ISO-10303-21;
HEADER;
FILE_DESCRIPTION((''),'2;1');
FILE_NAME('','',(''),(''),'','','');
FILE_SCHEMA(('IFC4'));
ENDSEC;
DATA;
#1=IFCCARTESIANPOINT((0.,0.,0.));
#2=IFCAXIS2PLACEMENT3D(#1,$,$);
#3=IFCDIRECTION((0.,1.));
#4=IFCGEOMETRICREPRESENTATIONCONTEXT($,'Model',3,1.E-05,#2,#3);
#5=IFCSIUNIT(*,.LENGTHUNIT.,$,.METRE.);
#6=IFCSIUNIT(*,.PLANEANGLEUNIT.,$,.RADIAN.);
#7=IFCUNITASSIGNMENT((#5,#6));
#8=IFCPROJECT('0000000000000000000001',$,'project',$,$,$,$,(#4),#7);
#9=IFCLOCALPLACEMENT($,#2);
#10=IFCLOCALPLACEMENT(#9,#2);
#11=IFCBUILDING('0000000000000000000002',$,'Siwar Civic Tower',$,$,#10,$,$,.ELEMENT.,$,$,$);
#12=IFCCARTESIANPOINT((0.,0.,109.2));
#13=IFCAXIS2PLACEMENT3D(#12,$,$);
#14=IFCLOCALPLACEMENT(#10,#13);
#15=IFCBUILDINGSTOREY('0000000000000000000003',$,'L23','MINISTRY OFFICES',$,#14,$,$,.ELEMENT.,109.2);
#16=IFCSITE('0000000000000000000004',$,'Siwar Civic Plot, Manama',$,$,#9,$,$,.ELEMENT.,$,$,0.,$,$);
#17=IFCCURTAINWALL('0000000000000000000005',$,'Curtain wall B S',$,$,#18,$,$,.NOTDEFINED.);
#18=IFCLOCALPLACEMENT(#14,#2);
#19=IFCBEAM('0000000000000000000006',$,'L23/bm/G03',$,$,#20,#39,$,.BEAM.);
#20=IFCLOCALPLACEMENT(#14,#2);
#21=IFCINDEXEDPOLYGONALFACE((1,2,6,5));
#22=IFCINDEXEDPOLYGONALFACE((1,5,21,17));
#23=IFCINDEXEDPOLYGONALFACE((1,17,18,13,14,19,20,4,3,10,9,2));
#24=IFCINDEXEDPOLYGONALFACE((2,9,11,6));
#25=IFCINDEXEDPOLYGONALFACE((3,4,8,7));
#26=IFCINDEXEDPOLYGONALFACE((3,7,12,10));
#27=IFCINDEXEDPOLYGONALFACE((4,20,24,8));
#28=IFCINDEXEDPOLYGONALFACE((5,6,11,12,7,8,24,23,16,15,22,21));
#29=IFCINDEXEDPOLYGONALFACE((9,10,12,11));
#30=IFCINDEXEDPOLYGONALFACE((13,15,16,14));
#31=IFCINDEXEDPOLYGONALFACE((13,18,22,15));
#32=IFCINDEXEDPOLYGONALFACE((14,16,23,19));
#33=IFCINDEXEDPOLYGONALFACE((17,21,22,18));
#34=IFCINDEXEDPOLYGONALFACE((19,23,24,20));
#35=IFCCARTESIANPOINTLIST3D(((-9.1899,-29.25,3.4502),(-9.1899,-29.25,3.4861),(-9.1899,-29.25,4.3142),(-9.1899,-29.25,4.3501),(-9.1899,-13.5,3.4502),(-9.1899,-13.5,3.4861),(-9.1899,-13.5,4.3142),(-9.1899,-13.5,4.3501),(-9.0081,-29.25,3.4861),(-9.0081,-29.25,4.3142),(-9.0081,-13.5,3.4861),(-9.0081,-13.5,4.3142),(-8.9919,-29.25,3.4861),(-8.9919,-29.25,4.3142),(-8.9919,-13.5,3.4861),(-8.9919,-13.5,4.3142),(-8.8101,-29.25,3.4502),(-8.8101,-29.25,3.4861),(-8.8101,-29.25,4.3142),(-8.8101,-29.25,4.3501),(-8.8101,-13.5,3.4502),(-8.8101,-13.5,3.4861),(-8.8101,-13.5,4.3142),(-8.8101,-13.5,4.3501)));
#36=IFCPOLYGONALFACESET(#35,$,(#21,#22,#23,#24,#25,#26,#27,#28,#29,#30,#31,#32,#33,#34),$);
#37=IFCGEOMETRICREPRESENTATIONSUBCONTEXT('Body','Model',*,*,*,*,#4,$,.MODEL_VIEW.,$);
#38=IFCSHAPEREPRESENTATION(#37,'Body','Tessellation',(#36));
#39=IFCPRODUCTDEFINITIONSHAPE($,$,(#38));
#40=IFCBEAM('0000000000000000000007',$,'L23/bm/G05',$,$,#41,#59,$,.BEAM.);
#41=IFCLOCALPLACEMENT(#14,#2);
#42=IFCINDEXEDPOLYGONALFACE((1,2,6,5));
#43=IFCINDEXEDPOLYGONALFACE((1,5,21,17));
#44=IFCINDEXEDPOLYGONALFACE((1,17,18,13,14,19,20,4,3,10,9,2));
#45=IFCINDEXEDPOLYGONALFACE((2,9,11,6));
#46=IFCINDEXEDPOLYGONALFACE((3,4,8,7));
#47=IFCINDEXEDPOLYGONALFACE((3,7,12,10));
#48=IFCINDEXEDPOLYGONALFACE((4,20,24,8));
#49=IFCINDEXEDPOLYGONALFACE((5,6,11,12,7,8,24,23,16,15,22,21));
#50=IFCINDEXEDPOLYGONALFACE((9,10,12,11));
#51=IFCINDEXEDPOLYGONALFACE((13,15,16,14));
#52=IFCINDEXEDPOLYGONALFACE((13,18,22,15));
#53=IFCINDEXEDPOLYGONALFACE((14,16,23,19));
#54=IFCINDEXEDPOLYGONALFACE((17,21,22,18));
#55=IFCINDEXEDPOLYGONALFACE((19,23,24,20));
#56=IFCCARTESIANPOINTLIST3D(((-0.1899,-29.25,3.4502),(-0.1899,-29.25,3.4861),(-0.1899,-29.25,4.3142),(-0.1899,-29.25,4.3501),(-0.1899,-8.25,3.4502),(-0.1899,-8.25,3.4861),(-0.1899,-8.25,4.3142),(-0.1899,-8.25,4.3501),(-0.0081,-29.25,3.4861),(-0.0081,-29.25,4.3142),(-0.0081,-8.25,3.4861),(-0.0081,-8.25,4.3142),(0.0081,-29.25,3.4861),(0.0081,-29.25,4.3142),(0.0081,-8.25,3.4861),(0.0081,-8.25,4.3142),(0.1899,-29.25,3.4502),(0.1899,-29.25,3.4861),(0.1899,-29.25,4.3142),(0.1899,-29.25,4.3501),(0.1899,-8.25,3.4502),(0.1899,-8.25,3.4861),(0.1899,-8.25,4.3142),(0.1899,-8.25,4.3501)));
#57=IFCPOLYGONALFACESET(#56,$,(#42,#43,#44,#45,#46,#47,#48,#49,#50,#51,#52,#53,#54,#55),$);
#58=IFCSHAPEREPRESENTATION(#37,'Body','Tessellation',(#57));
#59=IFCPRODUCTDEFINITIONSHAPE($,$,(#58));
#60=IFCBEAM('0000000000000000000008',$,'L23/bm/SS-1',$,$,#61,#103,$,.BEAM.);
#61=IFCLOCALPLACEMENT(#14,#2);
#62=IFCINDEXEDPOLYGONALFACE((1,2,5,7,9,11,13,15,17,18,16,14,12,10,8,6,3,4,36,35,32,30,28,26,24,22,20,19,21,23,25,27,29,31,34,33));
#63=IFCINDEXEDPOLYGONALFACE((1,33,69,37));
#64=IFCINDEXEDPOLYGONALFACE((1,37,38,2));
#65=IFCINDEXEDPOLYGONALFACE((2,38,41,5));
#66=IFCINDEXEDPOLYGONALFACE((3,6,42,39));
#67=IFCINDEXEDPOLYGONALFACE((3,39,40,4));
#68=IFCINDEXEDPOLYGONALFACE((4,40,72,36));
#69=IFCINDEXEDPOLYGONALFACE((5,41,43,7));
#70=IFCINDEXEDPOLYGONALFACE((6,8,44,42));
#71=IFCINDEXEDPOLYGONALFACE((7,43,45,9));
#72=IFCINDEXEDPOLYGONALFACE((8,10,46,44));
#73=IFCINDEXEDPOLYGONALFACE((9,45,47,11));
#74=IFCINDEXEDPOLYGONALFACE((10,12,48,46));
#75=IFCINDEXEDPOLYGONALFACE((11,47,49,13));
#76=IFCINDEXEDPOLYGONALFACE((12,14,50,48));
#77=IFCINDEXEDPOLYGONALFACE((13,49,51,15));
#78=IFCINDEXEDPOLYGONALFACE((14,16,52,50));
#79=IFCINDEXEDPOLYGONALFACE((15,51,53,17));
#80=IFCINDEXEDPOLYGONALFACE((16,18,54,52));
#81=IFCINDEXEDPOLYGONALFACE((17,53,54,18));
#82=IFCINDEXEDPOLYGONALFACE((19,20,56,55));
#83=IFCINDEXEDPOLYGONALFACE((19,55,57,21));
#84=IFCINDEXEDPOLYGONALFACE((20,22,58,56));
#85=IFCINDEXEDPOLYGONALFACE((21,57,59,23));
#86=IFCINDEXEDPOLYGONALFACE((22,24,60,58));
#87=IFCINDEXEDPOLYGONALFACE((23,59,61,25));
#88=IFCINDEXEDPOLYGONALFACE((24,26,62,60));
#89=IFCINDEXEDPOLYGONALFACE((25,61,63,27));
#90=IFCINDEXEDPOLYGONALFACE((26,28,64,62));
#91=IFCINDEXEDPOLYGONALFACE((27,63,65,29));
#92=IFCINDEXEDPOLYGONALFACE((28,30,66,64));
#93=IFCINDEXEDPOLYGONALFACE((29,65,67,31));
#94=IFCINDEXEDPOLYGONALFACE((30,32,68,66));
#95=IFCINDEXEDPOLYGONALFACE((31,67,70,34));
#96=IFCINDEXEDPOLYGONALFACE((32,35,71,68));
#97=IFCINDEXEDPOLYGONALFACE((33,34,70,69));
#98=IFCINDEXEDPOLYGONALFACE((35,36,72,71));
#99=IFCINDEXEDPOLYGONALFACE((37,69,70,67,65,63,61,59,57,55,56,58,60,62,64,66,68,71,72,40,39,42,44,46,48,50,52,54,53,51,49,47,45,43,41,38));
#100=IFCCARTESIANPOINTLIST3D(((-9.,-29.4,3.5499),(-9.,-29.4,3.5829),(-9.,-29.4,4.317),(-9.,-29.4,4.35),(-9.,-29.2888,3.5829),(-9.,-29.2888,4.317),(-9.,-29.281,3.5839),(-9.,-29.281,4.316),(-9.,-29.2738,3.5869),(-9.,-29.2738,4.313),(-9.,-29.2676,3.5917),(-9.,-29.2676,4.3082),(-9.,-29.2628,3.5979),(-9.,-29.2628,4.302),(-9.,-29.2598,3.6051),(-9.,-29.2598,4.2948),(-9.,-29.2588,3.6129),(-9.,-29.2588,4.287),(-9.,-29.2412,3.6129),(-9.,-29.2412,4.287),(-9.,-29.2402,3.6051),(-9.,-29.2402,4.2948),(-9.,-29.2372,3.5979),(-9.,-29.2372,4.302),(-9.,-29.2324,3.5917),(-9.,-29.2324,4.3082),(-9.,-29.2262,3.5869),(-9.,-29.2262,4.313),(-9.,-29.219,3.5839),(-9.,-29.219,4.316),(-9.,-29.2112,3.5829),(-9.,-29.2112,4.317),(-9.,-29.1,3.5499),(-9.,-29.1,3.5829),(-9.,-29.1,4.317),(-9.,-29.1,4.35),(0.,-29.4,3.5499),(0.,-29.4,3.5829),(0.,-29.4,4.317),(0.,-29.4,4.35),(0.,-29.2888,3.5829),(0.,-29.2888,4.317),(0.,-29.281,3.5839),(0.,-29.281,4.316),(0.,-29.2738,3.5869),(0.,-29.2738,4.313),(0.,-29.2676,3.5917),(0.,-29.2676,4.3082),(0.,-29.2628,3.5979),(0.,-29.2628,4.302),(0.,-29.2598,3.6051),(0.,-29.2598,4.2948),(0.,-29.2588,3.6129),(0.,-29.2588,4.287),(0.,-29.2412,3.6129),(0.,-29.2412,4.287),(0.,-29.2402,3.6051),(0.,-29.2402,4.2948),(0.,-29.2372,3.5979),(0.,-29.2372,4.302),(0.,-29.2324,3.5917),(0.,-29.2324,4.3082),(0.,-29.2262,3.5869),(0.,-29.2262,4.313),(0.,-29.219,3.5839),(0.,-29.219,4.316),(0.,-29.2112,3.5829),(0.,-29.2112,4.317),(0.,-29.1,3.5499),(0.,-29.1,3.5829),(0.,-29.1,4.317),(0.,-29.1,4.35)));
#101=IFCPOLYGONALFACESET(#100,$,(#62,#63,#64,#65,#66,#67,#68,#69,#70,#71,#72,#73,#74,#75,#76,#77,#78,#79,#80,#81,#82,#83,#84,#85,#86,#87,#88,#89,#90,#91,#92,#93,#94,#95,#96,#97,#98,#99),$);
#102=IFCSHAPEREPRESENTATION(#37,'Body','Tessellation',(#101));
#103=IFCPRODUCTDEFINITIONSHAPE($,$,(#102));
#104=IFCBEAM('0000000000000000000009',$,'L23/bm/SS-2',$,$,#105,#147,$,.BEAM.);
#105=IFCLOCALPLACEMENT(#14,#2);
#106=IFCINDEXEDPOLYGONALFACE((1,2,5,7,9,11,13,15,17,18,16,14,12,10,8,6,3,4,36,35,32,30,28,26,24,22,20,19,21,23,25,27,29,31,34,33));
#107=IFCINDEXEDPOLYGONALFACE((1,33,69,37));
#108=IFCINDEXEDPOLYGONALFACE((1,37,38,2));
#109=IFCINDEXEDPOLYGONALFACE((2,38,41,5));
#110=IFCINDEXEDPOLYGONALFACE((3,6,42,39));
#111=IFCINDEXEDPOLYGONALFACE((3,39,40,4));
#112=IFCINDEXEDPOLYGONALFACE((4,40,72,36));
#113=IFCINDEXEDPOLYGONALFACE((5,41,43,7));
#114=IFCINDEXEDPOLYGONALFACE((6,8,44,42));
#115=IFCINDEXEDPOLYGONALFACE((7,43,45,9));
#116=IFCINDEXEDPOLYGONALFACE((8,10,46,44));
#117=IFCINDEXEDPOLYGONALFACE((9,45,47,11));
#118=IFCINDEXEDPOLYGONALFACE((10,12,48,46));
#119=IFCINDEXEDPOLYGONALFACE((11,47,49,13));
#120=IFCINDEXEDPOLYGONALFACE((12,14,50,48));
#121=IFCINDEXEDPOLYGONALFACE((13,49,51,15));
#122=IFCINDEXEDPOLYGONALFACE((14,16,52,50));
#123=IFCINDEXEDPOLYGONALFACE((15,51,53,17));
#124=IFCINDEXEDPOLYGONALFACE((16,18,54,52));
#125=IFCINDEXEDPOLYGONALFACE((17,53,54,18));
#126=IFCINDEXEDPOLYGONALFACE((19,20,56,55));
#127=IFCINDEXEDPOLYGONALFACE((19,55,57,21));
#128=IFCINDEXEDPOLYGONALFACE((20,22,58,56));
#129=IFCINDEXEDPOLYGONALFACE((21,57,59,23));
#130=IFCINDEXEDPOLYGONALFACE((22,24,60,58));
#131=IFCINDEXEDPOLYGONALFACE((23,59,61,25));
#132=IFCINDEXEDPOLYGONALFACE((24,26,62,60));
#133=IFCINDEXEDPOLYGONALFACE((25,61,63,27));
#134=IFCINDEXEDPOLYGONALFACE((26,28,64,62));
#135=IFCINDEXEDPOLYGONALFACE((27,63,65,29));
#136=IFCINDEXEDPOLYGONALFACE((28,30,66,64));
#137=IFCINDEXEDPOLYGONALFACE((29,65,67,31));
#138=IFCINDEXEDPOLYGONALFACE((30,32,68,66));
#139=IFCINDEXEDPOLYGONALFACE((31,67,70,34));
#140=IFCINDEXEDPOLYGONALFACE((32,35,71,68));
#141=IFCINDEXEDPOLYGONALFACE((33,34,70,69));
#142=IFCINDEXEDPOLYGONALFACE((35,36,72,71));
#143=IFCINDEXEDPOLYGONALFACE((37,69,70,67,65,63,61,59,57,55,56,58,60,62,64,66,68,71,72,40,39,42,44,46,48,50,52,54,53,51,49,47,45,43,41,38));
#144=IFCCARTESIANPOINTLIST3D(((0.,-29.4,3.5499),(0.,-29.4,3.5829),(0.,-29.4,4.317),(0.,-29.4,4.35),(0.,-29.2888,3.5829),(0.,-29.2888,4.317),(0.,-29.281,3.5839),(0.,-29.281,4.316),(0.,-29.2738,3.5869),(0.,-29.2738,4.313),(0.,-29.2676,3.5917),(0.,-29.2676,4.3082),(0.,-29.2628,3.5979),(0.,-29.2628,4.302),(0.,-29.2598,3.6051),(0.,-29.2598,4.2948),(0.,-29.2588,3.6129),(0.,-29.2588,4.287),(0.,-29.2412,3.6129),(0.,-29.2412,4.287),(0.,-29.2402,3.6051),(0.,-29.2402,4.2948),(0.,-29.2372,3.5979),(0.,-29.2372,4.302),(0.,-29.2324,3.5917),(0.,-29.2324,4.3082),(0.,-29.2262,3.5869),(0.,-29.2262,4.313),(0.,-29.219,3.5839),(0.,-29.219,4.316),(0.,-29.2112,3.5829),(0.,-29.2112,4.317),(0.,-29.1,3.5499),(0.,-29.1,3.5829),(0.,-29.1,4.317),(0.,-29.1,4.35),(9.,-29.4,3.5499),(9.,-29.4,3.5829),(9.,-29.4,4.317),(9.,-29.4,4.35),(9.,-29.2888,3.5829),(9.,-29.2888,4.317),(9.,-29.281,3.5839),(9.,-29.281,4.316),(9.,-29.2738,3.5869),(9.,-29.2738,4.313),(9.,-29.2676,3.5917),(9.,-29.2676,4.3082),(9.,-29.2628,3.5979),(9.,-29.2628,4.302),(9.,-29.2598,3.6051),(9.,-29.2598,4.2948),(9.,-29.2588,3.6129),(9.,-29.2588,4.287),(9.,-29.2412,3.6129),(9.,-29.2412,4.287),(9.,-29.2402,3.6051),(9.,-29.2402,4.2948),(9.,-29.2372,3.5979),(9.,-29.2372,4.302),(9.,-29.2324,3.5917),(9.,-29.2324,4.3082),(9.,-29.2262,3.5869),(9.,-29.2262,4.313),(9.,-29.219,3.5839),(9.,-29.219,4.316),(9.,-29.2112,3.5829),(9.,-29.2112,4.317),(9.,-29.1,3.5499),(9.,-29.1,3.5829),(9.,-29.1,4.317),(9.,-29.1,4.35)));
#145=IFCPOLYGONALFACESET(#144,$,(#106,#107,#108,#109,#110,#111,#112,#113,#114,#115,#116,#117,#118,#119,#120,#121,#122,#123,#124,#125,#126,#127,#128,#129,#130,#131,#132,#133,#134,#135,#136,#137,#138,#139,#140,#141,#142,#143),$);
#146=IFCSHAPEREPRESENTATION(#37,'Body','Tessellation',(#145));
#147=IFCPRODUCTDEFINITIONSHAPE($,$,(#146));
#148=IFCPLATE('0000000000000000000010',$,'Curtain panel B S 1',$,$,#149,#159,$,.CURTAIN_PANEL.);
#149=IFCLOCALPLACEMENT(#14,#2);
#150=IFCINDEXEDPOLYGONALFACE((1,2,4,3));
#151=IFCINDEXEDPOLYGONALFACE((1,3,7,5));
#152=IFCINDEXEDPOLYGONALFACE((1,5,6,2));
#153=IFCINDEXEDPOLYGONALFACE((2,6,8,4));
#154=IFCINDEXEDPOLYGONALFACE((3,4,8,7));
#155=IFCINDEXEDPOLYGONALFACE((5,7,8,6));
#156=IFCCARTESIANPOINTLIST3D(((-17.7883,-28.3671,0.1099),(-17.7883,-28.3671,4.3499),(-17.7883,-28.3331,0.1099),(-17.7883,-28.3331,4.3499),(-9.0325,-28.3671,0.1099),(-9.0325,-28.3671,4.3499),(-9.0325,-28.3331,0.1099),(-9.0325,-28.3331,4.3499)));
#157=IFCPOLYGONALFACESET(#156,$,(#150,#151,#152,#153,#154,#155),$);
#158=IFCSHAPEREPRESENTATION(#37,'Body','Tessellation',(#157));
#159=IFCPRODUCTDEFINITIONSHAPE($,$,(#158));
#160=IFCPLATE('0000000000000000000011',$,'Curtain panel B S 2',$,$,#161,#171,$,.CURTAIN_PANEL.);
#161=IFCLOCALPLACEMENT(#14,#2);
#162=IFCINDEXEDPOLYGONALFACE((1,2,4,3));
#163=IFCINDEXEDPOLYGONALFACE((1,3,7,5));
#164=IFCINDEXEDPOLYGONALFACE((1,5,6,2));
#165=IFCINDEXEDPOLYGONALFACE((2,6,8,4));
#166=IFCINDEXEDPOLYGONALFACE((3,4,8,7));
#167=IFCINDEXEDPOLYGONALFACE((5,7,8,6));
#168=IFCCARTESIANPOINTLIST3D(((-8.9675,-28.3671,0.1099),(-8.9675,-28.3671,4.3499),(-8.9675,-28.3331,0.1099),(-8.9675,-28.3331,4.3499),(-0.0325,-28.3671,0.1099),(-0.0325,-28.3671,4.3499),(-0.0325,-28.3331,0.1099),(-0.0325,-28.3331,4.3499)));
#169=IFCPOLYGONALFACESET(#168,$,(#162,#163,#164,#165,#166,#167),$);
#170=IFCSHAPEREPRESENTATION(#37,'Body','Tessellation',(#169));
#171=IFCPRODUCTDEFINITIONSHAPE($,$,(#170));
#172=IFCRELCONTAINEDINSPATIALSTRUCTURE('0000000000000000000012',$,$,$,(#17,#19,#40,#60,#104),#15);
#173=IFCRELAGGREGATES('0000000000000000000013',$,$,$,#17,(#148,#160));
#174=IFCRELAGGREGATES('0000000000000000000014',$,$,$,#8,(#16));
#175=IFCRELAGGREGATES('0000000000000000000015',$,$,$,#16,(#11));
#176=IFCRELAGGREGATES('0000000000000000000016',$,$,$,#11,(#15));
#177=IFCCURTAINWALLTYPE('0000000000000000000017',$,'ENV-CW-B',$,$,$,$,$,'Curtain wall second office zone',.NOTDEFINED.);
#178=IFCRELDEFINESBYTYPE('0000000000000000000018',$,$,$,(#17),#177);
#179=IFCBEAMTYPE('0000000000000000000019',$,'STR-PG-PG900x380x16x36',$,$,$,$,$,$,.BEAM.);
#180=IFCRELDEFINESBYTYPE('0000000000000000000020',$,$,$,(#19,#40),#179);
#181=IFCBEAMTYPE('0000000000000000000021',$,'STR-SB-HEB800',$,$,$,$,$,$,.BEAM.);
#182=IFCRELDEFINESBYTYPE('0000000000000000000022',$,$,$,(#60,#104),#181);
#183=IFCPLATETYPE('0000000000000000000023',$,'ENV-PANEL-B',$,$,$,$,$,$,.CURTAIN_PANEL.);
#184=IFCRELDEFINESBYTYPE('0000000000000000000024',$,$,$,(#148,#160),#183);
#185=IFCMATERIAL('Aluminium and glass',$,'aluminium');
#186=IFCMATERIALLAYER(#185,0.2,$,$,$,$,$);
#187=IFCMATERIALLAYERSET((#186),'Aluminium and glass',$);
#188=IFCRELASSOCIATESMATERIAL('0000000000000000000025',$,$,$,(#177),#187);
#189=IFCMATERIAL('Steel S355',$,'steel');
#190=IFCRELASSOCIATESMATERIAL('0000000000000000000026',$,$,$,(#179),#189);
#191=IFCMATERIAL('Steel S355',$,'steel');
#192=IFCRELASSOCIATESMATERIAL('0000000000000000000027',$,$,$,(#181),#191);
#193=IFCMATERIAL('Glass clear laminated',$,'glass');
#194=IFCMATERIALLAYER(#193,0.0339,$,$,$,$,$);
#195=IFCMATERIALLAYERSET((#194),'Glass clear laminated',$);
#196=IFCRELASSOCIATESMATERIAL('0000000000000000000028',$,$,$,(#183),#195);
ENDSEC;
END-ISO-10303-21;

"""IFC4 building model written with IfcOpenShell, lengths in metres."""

from ifc_helpers import new_model, si_unit, direction, frame, origin, origin_2d, place, context, subcontext, project, spatial, rectangle, i_section, extrude, material, layer, layer_set, material_profile, profile_set, type_object, element, aggregate, save


model = new_model("IFC4")

# Units and contexts
model_context = context("Model", 3, precision=1e-05, world=origin(), true_north=direction((0.0, 1.0)))
body_context = subcontext(model_context, "Body", "Model", "MODEL_VIEW")
ifc_project = project(units=[si_unit("LENGTHUNIT", "METRE"), si_unit("PLANEANGLEUNIT", "RADIAN")], contexts=[model_context])

# Site, building, storey
site_placement = place(None, origin())
site = spatial("IfcSite", under=ifc_project, at=site_placement, Name="Siwar Civic Plot, Manama", CompositionType="ELEMENT", RefElevation=0.0)
building_placement = place(site_placement, origin())
building = spatial("IfcBuilding", under=site, at=building_placement, Name="Siwar Civic Tower", CompositionType="ELEMENT")
storey_placement = place(building_placement, frame((0.0, 0.0, 109.2)))
storey = spatial("IfcBuildingStorey", under=building, at=storey_placement, Name="L23", Description="MINISTRY OFFICES", CompositionType="ELEMENT", Elevation=109.2)

# Curtain wall
ifc_material_1 = material(Name="Aluminium and glass", Category="aluminium")
ifc_layer_1 = layer(ifc_material_1, 0.2)
ifc_layer_set_1 = layer_set([ifc_layer_1], Name="Aluminium and glass")
curtain_wall_type = type_object("IfcCurtainWallType", Name="ENV-CW-B", ElementType="Curtain wall second office zone", PredefinedType="NOTDEFINED", material=ifc_layer_set_1)
curtain_wall_placement = place(storey_placement, origin())
curtain_wall = element("IfcCurtainWall", 1, at=curtain_wall_placement, inside=storey, type_object=curtain_wall_type, Name="Curtain wall B S", PredefinedType="NOTDEFINED")

# Beams
ifc_material_2 = material(Name="Steel S355", Category="steel")
ifc_material_profile_1 = material_profile(ifc_material_2, i_section(OverallWidth=0.3799, OverallDepth=0.8999, WebThickness=0.0161, FlangeThickness=0.0359, at=origin_2d()), Name="PG900x380x16x36")
ifc_profile_set_1 = profile_set([ifc_material_profile_1], Name="Steel S355")
beam_type_1 = type_object("IfcBeamType", Name="STR-PG-PG900x380x16x36", PredefinedType="BEAM", material=ifc_profile_set_1)
beam_1_placement = place(storey_placement, frame((-9.0, -29.25, 3.9001), z_axis=(0.0, 1.0, 0.0), x_axis=(-1.0, 0.0, 0.0)))
element("IfcBeam", 2, at=beam_1_placement, inside=storey, type_object=beam_type_1, Name="L23/bm/G03", PredefinedType="BEAM", context=body_context, shape_type="SweptSolid", body=[
    extrude(i_section(OverallWidth=0.3799, OverallDepth=0.8999, WebThickness=0.0161, FlangeThickness=0.0359, at=origin_2d()), origin(), (0.0, 0.0, 1.0), 15.75),
])
beam_2_placement = place(storey_placement, frame((0.0, -29.25, 3.9001), z_axis=(0.0, 1.0, 0.0), x_axis=(-1.0, 0.0, 0.0)))
element("IfcBeam", 3, at=beam_2_placement, inside=storey, type_object=beam_type_1, Name="L23/bm/G05", PredefinedType="BEAM", context=body_context, shape_type="SweptSolid", body=[
    extrude(i_section(OverallWidth=0.3799, OverallDepth=0.8999, WebThickness=0.0161, FlangeThickness=0.0359, at=origin_2d()), origin(), (0.0, 0.0, 1.0), 21.0),
])
ifc_material_3 = material(Name="Steel S355", Category="steel")
ifc_material_profile_2 = material_profile(ifc_material_3, i_section(OverallWidth=0.3, OverallDepth=0.8, WebThickness=0.0176, FlangeThickness=0.033, FilletRadius=0.03, at=origin_2d()), Name="HEB800")
ifc_profile_set_2 = profile_set([ifc_material_profile_2], Name="Steel S355")
beam_type_2 = type_object("IfcBeamType", Name="STR-SB-HEB800", PredefinedType="BEAM", material=ifc_profile_set_2)
for number, where, z_axis, x_axis, name in (
    (4, (-9.0, -29.25, 3.95), (1.0, 0.0, 0.0), (0.0, 1.0, 0.0), "L23/bm/SS-1"),
    (5, (0.0, -29.25, 3.95), (1.0, 0.0, 0.0), (0.0, 1.0, 0.0), "L23/bm/SS-2"),
):
    element("IfcBeam", number, at=place(storey_placement, frame(where, z_axis=z_axis, x_axis=x_axis)), inside=storey, type_object=beam_type_2, Name=name, PredefinedType="BEAM", context=body_context, shape_type="SweptSolid", body=[
        extrude(i_section(OverallWidth=0.3, OverallDepth=0.8, WebThickness=0.0176, FlangeThickness=0.033, FilletRadius=0.03, at=origin_2d()), origin(), (0.0, 0.0, 1.0), 9.0),
    ])

# Plates
ifc_material_4 = material(Name="Glass clear laminated", Category="glass")
ifc_layer_2 = layer(ifc_material_4, 0.0339)
ifc_layer_set_2 = layer_set([ifc_layer_2], Name="Glass clear laminated")
plate_type = type_object("IfcPlateType", Name="ENV-PANEL-B", PredefinedType="CURTAIN_PANEL", material=ifc_layer_set_2)
plate_1_placement = place(storey_placement, frame((-13.4104, -28.3501, 0.1099), z_axis=(0.0, 0.0, 1.0), x_axis=(1.0, 0.0, 0.0)))
plate_1 = element("IfcPlate", 6, at=plate_1_placement, type_object=plate_type, Name="Curtain panel B S 1", PredefinedType="CURTAIN_PANEL", context=body_context, shape_type="SweptSolid", body=[
    extrude(rectangle(XDim=8.7559, YDim=0.0339, at=origin_2d()), origin(), (0.0, 0.0, 1.0), 4.24),
])
plate_2_placement = place(storey_placement, frame((-4.5, -28.3501, 0.1099), z_axis=(0.0, 0.0, 1.0), x_axis=(1.0, 0.0, 0.0)))
plate_2 = element("IfcPlate", 7, at=plate_2_placement, type_object=plate_type, Name="Curtain panel B S 2", PredefinedType="CURTAIN_PANEL", context=body_context, shape_type="SweptSolid", body=[
    extrude(rectangle(XDim=8.9351, YDim=0.0339, at=origin_2d()), origin(), (0.0, 0.0, 1.0), 4.24),
])
aggregate(curtain_wall, [plate_1, plate_2])

save(model, "model.ifc")
